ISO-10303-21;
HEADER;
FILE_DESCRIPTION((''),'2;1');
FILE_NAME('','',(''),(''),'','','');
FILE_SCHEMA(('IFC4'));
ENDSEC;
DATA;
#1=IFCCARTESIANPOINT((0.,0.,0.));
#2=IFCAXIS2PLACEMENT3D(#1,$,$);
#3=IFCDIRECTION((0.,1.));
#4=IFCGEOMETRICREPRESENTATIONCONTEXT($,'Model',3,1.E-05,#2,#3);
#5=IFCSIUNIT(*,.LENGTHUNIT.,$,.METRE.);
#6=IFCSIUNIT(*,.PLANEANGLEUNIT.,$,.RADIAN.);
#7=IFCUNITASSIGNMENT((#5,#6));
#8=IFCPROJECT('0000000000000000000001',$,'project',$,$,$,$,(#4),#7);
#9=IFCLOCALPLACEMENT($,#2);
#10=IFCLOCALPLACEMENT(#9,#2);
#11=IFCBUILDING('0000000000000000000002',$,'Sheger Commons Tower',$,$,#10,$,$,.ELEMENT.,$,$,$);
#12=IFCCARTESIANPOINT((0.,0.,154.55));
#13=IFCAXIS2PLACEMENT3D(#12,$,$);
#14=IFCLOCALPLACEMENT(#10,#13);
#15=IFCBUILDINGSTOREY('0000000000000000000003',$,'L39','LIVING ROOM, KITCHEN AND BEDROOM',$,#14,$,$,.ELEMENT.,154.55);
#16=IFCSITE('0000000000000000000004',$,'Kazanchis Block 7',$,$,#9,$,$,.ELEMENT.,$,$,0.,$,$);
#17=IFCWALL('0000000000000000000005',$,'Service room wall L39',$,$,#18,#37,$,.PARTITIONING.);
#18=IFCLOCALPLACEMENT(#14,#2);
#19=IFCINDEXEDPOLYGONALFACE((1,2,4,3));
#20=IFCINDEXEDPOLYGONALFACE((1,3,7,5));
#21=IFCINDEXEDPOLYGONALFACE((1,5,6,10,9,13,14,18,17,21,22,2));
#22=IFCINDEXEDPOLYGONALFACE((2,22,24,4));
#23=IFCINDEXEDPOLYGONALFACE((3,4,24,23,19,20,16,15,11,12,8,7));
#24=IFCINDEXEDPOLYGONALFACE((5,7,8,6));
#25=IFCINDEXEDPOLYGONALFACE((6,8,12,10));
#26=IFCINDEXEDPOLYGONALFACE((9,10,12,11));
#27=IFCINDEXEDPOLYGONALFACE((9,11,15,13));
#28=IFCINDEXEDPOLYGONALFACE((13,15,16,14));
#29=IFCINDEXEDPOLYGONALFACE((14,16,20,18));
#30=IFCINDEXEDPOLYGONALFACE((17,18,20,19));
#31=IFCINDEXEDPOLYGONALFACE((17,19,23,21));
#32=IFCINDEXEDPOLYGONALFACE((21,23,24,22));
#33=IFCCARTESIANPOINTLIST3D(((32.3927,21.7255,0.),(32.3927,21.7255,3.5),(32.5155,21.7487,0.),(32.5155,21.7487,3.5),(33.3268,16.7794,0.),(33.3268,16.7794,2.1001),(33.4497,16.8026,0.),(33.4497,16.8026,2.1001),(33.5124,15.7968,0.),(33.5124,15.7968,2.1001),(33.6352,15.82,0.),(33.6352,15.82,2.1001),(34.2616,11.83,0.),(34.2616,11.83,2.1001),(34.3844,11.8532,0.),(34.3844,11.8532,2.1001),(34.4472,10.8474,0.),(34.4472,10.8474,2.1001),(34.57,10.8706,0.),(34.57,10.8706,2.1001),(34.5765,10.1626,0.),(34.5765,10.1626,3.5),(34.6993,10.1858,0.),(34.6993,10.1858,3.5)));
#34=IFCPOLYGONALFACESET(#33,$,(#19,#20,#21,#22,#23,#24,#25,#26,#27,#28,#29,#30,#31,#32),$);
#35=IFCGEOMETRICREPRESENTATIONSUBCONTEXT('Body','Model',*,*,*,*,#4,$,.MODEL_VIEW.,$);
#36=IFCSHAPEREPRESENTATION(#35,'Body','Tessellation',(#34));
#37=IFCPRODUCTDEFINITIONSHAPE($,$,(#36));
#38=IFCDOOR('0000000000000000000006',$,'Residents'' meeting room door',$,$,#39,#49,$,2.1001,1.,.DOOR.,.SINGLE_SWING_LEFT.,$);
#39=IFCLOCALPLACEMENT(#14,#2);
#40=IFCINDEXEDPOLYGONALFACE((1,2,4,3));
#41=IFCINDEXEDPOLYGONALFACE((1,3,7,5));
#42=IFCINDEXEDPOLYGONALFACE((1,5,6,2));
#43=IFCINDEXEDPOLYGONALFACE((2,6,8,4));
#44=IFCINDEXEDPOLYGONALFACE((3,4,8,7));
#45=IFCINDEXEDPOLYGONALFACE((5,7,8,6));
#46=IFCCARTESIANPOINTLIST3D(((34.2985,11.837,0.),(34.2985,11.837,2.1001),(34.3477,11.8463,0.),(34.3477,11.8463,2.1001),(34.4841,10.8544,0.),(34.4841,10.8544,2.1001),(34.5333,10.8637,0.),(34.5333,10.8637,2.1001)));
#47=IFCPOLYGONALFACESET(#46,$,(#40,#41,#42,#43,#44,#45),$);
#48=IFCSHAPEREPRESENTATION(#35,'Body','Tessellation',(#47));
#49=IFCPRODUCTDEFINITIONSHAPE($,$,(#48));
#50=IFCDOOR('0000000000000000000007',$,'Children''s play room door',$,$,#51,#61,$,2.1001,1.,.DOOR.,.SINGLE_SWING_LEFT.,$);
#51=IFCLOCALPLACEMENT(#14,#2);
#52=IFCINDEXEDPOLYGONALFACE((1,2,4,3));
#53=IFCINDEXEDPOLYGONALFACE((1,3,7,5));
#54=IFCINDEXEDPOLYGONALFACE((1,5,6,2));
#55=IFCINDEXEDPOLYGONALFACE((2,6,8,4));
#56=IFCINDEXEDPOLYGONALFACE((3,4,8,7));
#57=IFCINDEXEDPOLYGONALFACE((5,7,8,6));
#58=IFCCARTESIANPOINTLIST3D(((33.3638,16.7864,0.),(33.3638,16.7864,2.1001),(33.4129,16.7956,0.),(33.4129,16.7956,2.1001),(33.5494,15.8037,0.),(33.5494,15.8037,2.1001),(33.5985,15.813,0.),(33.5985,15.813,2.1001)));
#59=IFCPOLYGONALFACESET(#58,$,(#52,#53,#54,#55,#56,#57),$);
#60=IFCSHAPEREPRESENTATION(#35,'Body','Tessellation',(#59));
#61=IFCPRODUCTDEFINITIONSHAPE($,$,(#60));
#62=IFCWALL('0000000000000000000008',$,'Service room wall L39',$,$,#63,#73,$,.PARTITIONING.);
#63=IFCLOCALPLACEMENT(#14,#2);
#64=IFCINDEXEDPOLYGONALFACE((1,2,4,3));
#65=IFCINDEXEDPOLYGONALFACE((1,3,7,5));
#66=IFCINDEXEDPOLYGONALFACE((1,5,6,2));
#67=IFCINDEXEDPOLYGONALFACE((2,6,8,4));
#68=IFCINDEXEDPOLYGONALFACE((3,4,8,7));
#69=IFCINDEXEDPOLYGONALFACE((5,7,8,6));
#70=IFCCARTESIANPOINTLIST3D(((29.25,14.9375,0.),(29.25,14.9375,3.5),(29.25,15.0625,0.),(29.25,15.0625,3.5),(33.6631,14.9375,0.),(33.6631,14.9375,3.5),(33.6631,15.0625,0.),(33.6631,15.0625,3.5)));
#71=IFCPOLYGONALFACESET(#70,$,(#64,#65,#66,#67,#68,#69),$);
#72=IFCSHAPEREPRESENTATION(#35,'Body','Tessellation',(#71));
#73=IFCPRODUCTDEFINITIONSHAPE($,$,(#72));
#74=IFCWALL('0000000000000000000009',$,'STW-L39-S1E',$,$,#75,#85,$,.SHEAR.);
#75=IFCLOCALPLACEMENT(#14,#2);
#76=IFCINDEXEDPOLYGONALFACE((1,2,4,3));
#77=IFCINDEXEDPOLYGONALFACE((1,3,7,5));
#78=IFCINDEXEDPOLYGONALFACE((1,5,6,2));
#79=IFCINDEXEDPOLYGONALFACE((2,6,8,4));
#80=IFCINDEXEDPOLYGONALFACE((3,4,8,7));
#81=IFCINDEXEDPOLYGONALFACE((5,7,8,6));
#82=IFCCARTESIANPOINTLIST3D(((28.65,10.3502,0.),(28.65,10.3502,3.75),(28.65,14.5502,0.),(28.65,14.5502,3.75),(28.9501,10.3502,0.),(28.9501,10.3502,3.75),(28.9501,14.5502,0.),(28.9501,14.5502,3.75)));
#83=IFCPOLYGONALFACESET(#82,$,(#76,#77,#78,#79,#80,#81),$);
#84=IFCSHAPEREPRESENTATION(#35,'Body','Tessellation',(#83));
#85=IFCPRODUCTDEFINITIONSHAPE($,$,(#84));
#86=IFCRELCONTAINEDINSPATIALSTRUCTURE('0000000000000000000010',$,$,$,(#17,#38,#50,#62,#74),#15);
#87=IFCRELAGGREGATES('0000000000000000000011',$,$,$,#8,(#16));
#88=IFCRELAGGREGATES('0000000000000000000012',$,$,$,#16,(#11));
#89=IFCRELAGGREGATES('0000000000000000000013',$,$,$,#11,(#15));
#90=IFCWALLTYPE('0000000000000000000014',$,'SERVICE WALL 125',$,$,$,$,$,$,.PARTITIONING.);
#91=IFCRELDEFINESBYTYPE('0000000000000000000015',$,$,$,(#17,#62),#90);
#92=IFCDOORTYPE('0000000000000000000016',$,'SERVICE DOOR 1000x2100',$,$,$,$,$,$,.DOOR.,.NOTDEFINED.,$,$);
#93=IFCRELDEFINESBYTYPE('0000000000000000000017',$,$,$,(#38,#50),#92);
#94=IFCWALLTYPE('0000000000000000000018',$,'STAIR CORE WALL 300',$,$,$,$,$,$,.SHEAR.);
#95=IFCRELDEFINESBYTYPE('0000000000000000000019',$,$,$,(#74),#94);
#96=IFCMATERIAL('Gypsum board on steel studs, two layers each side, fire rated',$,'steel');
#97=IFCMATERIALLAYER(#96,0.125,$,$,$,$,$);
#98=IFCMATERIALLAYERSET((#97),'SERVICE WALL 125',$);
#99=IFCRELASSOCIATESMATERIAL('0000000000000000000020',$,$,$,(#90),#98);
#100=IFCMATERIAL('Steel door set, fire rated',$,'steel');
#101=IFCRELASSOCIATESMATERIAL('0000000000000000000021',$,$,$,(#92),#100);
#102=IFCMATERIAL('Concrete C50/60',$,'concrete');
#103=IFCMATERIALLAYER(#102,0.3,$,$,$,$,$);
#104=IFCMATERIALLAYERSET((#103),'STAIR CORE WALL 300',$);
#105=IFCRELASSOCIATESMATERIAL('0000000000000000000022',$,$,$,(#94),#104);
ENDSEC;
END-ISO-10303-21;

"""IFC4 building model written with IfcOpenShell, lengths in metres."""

from ifc_helpers import new_model, si_unit, direction, frame, frame_2d, origin, place, context, subcontext, project, spatial, rectangle, extrude, material, layer, layer_set, type_object, element, fill, save


model = new_model("IFC4")

# Units and contexts
model_context = context("Model", 3, precision=1e-05, world=origin(), true_north=direction((0.0, 1.0)))
body_context = subcontext(model_context, "Body", "Model", "MODEL_VIEW")
ifc_project = project(units=[si_unit("LENGTHUNIT", "METRE"), si_unit("PLANEANGLEUNIT", "RADIAN")], contexts=[model_context])

# Site, building, storey
site_placement = place(None, origin())
site = spatial("IfcSite", under=ifc_project, at=site_placement, Name="Kazanchis Block 7", CompositionType="ELEMENT", RefElevation=0.0)
building_placement = place(site_placement, origin())
building = spatial("IfcBuilding", under=site, at=building_placement, Name="Sheger Commons Tower", CompositionType="ELEMENT")
storey_placement = place(building_placement, frame((0.0, 0.0, 154.55)))
storey = spatial("IfcBuildingStorey", under=building, at=storey_placement, Name="L39", Description="LIVING ROOM, KITCHEN AND BEDROOM", CompositionType="ELEMENT", Elevation=154.55)

# Shared definitions
ifc_material_1 = material(Name="Gypsum board on steel studs, two layers each side, fire rated", Category="steel")
ifc_layer_1 = layer(ifc_material_1, 0.125)
ifc_layer_set_1 = layer_set([ifc_layer_1], Name="SERVICE WALL 125")
wall_type_1 = type_object("IfcWallType", Name="SERVICE WALL 125", PredefinedType="PARTITIONING", material=ifc_layer_set_1)

# Wall, openings, doors
wall_1_placement = place(storey_placement, frame((34.6379, 10.1741, 0.0), z_axis=(0.0, 0.0, 1.0), x_axis=(-0.185584, 0.982628, 0.0)))
wall_1 = element("IfcWall", 1, at=wall_1_placement, inside=storey, type_object=wall_type_1, Name="Service room wall L39", PredefinedType="PARTITIONING", context=body_context, shape_type="SweptSolid", body=[
    extrude(rectangle(XDim=11.7673, YDim=0.125, at=frame_2d((5.8838, 0.0))), origin(), (0.0, 0.0, 1.0), 3.5),
])
opening_1_placement = place(wall_1_placement, frame((0.697, 0.0, 0.0)))
opening_1 = element("IfcOpeningElement", 2, at=opening_1_placement, cuts=wall_1, PredefinedType="OPENING", context=body_context, shape_type="SweptSolid", body=[
    extrude(rectangle(XDim=1.0, YDim=2.1001, at=frame_2d((0.5, 1.05))), frame((0.0, 0.0725, 0.0), z_axis=(0.0, -1.0, 0.0), x_axis=(1.0, 0.0, 0.0)), (0.0, 0.0, 1.0), 0.145),
])
opening_2_placement = place(wall_1_placement, frame((5.7339, 0.0, 0.0)))
opening_2 = element("IfcOpeningElement", 3, at=opening_2_placement, cuts=wall_1, PredefinedType="OPENING", context=body_context, shape_type="SweptSolid", body=[
    extrude(rectangle(XDim=1.0, YDim=2.1001, at=frame_2d((0.5, 1.05))), frame((0.0, 0.0725, 0.0), z_axis=(0.0, -1.0, 0.0), x_axis=(1.0, 0.0, 0.0)), (0.0, 0.0, 1.0), 0.145),
])
ifc_material_2 = material(Name="Steel door set, fire rated", Category="steel")
door_type = type_object("IfcDoorType", Name="SERVICE DOOR 1000x2100", OperationType="NOTDEFINED", PredefinedType="DOOR", material=ifc_material_2)
door_1_placement = place(opening_1_placement, origin())
door_1 = element("IfcDoor", 4, at=door_1_placement, inside=storey, type_object=door_type, Name="Residents' meeting room door", OperationType="SINGLE_SWING_LEFT", OverallHeight=2.1001, OverallWidth=1.0, PredefinedType="DOOR", context=body_context, shape_type="SweptSolid", body=[
    extrude(rectangle(XDim=1.0, YDim=2.1001, at=frame_2d((0.5, 1.05))), frame((0.0, 0.0249, 0.0), z_axis=(0.0, -1.0, 0.0), x_axis=(1.0, 0.0, 0.0)), (0.0, 0.0, 1.0), 0.05),
])
fill(opening_1, door_1)
door_2_placement = place(opening_2_placement, origin())
door_2 = element("IfcDoor", 5, at=door_2_placement, inside=storey, type_object=door_type, Name="Children's play room door", OperationType="SINGLE_SWING_LEFT", OverallHeight=2.1001, OverallWidth=1.0, PredefinedType="DOOR", context=body_context, shape_type="SweptSolid", body=[
    extrude(rectangle(XDim=1.0, YDim=2.1001, at=frame_2d((0.5, 1.05))), frame((0.0, 0.0249, 0.0), z_axis=(0.0, -1.0, 0.0), x_axis=(1.0, 0.0, 0.0)), (0.0, 0.0, 1.0), 0.05),
])
fill(opening_2, door_2)

# Walls
wall_2_placement = place(storey_placement, frame((29.25, 15.0, 0.0), z_axis=(0.0, 0.0, 1.0), x_axis=(1.0, 0.0, 0.0)))
element("IfcWall", 6, at=wall_2_placement, inside=storey, type_object=wall_type_1, Name="Service room wall L39", PredefinedType="PARTITIONING", context=body_context, shape_type="SweptSolid", body=[
    extrude(rectangle(XDim=4.4131, YDim=0.125, at=frame_2d((2.2065, 0.0))), origin(), (0.0, 0.0, 1.0), 3.5),
])
ifc_material_3 = material(Name="Concrete C50/60", Category="concrete")
ifc_layer_2 = layer(ifc_material_3, 0.3)
ifc_layer_set_2 = layer_set([ifc_layer_2], Name="STAIR CORE WALL 300")
wall_type_2 = type_object("IfcWallType", Name="STAIR CORE WALL 300", PredefinedType="SHEAR", material=ifc_layer_set_2)
wall_3_placement = place(storey_placement, frame((28.8, 10.3501, 0.0), z_axis=(0.0, 0.0, 1.0), x_axis=(0.0, 1.0, 0.0)))
element("IfcWall", 7, at=wall_3_placement, inside=storey, type_object=wall_type_2, Name="STW-L39-S1E", PredefinedType="SHEAR", context=body_context, shape_type="SweptSolid", body=[
    extrude(rectangle(XDim=4.2, YDim=0.3, at=frame_2d((2.1001, 0.0))), origin(), (0.0, 0.0, 1.0), 3.75),
])

save(model, "model.ifc")
